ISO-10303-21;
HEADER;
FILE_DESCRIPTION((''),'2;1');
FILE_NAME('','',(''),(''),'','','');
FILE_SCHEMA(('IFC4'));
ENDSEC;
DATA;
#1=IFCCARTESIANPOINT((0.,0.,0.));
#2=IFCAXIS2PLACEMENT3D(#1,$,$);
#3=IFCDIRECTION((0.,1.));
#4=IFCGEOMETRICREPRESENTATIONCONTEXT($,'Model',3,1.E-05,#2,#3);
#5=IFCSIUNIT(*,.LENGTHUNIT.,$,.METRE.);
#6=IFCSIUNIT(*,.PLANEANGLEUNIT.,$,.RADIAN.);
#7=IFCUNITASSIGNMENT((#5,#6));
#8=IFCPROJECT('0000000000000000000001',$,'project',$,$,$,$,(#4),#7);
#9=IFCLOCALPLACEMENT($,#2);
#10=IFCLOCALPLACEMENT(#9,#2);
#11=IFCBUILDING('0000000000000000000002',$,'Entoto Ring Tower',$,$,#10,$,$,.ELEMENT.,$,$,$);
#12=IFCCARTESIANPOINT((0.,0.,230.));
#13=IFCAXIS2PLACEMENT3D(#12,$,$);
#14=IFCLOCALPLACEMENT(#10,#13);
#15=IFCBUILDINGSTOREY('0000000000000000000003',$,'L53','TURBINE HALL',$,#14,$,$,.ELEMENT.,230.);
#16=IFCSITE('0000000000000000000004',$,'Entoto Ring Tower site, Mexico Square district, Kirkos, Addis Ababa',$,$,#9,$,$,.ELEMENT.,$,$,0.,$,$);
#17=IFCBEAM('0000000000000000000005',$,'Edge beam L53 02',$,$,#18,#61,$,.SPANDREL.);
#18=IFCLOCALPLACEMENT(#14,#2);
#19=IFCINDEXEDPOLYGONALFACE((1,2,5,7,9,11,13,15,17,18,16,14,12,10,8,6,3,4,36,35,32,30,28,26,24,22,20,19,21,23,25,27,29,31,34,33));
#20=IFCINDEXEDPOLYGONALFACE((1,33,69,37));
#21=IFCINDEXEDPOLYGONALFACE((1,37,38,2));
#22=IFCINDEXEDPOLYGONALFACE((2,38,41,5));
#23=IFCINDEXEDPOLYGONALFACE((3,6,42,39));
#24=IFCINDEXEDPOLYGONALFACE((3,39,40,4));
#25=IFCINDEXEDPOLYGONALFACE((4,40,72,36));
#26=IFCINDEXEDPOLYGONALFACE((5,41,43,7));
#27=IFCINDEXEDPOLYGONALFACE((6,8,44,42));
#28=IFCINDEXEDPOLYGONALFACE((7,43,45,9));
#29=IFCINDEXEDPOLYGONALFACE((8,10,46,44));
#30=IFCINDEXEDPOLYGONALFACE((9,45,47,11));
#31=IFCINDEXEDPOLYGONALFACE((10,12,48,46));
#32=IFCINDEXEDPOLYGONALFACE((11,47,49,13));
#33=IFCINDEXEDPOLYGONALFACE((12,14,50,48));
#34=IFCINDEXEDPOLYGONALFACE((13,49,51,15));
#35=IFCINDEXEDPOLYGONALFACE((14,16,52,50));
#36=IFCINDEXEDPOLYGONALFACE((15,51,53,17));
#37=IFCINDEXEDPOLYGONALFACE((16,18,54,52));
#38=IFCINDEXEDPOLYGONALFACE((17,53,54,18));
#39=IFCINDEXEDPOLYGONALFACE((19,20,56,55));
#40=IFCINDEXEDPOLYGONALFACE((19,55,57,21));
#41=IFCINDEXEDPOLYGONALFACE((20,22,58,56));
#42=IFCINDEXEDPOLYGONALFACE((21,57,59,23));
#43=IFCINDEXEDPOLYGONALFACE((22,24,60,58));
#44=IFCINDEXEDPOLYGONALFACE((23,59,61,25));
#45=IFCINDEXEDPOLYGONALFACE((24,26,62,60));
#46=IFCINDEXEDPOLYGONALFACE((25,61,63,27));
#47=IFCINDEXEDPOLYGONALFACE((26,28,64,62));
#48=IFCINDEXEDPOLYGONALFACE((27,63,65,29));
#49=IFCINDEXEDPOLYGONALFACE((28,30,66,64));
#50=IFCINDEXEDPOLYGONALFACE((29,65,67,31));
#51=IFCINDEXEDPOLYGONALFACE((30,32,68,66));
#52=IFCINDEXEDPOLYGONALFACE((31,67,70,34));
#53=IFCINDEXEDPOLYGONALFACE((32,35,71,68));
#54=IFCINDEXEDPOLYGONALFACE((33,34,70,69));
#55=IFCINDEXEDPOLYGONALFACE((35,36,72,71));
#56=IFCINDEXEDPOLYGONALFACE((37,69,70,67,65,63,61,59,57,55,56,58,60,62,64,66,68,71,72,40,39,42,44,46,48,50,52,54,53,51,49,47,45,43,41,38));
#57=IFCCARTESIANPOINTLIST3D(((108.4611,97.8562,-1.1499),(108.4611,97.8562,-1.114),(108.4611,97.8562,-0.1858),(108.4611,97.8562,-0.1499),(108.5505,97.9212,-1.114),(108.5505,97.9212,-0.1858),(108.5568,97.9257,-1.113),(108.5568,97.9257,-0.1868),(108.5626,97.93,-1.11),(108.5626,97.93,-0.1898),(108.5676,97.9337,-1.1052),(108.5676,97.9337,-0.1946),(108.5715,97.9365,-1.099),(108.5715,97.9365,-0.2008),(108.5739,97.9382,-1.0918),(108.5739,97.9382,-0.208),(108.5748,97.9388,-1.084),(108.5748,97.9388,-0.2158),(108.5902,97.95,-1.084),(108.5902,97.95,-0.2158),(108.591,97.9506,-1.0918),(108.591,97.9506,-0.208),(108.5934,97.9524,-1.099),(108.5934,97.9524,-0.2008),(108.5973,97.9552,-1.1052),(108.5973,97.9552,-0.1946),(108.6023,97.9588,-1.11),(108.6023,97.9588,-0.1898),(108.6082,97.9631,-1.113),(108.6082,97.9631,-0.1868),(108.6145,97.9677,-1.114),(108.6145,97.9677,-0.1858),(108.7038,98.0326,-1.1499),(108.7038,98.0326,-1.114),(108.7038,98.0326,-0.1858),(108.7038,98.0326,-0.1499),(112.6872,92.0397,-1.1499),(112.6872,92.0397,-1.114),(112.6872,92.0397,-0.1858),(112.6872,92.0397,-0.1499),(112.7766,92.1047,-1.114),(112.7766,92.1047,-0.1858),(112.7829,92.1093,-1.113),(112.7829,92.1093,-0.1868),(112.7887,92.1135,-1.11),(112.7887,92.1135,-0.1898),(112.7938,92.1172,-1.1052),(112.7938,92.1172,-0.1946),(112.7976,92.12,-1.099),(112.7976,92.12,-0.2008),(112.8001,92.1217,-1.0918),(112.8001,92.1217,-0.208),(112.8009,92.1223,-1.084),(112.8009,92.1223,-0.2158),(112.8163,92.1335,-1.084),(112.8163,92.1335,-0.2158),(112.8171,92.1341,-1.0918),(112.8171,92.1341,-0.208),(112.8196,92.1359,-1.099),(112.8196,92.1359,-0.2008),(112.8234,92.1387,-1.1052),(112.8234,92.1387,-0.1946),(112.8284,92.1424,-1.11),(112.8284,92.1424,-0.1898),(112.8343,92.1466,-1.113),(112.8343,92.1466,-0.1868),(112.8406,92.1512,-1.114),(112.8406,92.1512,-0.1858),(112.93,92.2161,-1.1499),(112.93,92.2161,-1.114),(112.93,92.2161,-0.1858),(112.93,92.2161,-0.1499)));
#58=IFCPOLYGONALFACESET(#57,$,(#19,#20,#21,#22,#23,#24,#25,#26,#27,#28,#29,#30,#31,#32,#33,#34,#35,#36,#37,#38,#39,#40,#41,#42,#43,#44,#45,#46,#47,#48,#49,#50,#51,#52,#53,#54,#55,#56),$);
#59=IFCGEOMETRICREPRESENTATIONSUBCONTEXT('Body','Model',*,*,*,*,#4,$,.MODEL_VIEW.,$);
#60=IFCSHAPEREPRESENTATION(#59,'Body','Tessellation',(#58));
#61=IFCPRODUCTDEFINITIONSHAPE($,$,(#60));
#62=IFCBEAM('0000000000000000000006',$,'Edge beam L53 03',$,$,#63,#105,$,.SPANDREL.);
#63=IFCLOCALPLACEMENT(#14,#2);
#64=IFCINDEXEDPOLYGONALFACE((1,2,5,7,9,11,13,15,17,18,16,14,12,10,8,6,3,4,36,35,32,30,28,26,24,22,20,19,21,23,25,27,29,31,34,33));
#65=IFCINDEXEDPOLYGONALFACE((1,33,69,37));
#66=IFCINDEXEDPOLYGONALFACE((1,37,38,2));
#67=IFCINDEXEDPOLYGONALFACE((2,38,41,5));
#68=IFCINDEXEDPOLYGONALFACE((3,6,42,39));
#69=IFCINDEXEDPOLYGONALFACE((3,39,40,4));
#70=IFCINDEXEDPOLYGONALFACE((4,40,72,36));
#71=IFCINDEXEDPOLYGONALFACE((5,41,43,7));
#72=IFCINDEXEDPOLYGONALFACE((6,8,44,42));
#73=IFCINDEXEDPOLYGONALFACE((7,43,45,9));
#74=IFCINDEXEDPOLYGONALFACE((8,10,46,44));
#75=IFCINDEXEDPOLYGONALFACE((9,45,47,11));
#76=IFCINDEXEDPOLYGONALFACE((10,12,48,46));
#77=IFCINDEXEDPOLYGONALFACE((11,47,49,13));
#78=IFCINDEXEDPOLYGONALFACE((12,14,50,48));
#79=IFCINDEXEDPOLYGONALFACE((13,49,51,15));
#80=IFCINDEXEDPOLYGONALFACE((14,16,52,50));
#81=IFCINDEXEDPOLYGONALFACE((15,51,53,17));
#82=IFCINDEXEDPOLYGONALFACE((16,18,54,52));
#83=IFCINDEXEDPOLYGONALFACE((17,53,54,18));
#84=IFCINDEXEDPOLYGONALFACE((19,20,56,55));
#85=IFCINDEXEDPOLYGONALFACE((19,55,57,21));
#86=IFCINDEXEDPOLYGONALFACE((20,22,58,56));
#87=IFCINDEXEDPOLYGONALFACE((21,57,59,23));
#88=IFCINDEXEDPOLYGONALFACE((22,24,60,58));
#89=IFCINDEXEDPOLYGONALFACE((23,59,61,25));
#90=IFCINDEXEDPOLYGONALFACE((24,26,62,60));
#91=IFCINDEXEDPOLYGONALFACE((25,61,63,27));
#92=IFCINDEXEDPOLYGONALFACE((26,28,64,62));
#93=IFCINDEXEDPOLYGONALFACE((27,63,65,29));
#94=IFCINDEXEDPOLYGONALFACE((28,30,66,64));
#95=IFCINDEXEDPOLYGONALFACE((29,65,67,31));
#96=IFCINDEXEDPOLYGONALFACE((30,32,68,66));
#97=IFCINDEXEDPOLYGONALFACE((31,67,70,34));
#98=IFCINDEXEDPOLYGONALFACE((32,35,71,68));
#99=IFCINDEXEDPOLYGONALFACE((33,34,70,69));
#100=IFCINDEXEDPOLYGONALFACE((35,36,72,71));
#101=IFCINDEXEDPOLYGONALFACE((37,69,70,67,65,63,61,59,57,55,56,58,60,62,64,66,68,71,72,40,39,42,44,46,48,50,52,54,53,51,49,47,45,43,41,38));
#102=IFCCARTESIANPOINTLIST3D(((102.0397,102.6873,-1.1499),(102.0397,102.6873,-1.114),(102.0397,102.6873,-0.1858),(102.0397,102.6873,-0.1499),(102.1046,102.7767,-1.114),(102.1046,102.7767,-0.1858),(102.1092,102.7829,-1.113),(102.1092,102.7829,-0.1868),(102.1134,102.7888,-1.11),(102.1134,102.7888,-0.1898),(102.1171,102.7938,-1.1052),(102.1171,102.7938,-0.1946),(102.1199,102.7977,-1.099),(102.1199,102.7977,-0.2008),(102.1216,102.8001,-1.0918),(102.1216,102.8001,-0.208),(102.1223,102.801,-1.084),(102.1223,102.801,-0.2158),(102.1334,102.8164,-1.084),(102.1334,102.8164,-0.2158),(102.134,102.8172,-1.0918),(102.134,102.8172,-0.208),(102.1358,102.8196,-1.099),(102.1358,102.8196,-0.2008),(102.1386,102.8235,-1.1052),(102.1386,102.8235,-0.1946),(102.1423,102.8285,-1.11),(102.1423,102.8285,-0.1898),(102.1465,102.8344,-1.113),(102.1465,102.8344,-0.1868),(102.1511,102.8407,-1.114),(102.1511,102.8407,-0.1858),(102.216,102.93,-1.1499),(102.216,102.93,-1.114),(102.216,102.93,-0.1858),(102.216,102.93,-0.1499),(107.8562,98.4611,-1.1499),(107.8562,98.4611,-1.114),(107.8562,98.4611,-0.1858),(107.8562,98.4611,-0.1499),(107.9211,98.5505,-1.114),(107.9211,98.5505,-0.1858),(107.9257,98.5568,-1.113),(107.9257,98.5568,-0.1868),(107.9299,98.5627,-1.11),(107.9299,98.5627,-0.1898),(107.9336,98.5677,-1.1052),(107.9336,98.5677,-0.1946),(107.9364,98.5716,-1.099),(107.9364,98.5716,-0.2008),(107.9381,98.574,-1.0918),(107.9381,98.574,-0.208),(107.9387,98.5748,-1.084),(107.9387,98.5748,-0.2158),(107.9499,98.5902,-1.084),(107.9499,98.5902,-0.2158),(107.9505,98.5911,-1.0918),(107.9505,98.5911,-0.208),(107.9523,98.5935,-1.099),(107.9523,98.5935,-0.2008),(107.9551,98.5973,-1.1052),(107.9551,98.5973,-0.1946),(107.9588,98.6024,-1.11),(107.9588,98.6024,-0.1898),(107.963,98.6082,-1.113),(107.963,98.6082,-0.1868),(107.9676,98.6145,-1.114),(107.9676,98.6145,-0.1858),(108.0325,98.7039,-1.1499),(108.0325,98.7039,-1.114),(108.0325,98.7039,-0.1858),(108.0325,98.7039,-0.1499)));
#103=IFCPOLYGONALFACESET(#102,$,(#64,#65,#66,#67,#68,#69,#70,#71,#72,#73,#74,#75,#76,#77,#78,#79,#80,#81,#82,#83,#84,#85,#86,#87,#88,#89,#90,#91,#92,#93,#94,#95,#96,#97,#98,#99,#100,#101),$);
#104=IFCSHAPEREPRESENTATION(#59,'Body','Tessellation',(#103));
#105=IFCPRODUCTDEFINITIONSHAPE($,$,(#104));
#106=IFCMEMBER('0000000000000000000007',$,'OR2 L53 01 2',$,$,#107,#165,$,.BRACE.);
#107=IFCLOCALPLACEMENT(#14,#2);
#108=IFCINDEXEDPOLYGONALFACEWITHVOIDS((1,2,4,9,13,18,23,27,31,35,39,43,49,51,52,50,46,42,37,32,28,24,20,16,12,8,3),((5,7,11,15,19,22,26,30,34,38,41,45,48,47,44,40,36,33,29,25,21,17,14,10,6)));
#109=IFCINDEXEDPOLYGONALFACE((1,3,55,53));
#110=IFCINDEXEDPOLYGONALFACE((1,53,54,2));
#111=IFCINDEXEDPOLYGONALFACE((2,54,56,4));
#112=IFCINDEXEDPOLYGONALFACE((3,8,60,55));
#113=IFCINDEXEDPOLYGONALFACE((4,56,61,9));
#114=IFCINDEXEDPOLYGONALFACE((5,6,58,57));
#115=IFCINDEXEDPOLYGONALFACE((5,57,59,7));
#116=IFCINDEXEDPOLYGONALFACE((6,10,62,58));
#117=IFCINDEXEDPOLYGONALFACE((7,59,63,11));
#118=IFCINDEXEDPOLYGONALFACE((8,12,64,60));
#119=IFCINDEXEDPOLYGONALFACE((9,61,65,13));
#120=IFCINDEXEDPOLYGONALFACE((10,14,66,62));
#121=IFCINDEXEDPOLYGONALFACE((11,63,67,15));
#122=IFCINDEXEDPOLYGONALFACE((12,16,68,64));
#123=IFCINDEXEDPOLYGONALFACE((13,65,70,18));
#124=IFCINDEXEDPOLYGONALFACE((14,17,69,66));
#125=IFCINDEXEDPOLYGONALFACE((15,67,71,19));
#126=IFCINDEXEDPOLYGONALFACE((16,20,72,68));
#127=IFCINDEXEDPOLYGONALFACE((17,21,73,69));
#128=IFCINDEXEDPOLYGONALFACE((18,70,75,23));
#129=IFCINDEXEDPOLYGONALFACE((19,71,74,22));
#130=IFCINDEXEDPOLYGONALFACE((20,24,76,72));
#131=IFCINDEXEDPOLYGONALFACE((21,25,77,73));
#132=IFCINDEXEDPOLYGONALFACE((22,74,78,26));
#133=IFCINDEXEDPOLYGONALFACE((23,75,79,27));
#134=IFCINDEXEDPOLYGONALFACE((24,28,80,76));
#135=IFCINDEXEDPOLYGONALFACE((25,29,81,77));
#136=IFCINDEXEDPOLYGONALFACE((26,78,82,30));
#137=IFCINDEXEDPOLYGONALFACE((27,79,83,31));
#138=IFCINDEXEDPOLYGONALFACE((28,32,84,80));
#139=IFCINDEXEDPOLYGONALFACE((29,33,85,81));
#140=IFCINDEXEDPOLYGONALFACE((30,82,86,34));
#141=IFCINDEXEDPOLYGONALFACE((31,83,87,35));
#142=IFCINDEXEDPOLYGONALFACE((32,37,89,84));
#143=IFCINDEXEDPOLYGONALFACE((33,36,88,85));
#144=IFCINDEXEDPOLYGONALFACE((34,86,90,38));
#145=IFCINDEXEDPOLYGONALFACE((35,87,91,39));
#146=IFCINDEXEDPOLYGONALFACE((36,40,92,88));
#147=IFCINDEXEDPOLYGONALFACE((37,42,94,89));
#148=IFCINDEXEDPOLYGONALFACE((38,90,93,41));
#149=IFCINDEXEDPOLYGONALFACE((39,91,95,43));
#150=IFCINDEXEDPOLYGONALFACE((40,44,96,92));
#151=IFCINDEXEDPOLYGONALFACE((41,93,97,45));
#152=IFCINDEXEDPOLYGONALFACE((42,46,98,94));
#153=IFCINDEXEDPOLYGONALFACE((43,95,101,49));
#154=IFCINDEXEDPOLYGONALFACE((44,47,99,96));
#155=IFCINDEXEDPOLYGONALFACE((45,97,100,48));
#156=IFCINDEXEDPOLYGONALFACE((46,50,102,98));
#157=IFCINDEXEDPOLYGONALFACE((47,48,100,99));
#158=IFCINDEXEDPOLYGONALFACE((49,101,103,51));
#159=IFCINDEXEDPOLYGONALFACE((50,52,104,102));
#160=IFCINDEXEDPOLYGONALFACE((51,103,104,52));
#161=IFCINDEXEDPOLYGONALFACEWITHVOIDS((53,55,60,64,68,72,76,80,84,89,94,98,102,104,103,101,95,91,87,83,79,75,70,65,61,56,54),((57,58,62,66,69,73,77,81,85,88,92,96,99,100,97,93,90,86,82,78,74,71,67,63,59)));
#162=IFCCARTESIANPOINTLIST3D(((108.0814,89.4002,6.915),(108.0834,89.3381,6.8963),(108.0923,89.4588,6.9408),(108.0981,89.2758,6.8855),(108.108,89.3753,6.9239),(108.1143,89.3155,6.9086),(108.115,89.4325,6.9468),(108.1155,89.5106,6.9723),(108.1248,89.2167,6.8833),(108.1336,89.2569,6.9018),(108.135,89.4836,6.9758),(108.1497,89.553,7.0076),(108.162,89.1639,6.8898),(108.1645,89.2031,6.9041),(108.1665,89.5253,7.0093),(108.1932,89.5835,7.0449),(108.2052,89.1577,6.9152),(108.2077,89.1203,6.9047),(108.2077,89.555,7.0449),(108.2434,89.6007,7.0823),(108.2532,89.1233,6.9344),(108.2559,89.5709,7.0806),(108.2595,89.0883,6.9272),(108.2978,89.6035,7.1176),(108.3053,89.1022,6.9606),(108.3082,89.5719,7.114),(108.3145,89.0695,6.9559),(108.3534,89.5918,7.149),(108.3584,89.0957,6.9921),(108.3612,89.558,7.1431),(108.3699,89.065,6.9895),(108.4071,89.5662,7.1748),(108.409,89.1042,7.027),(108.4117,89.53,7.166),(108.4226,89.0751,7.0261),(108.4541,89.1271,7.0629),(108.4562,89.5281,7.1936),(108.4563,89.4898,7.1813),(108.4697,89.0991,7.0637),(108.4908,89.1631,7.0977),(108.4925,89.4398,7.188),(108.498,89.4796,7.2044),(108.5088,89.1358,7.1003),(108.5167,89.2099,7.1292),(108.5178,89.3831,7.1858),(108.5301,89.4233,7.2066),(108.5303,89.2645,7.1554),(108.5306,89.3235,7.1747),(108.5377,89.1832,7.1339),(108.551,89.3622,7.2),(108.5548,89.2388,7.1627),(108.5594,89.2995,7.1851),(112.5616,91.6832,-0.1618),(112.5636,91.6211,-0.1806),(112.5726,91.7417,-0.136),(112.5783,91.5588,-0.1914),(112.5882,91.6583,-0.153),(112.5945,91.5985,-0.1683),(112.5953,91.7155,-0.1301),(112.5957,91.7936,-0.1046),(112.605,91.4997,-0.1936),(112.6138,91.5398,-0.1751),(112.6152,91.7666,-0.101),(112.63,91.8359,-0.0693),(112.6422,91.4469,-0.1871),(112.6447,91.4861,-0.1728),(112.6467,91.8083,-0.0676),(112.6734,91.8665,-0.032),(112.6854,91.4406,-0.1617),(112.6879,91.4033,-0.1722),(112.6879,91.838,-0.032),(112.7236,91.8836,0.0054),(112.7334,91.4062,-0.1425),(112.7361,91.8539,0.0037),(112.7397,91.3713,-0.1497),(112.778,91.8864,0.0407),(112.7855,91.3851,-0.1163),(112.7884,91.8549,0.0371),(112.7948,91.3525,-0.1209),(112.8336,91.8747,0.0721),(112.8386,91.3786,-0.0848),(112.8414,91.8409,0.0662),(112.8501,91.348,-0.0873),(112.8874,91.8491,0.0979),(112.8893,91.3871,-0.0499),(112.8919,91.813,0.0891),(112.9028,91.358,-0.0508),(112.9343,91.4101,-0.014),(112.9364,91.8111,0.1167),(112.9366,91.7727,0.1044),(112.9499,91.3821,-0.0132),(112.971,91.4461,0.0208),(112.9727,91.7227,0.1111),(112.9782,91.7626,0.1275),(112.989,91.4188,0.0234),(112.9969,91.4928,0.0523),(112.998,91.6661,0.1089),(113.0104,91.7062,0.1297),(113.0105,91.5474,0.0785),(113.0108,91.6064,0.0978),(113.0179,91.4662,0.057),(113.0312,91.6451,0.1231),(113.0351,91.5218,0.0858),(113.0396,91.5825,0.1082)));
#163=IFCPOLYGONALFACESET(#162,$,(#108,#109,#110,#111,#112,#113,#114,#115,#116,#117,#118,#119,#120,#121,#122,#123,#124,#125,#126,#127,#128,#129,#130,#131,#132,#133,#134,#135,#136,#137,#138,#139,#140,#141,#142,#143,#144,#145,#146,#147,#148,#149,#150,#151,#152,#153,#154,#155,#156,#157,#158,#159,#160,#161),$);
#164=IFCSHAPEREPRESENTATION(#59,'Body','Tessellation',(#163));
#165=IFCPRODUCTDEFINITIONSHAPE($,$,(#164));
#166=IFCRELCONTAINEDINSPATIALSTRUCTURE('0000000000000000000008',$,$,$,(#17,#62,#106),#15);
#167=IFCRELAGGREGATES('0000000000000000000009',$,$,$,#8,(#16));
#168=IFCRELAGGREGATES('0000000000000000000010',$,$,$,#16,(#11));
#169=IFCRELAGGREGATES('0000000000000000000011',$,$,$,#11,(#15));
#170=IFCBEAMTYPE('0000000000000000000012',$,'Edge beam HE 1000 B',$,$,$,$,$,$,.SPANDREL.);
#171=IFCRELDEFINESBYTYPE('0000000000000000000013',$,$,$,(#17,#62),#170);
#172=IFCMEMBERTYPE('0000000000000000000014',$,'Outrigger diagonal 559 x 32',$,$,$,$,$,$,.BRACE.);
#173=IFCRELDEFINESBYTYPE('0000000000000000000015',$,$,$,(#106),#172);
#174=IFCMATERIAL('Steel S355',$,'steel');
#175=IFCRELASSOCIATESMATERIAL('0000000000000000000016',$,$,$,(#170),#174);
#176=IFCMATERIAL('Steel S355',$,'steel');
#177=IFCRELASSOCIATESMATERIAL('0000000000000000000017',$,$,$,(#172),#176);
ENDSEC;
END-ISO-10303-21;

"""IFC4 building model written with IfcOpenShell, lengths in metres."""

from ifc_helpers import new_model, si_unit, direction, frame, origin, origin_2d, place, context, subcontext, project, spatial, circle, hollow_circle, i_section, extrude, material, material_profile, profile_set, type_object, element, save


model = new_model("IFC4")

# Units and contexts
model_context = context("Model", 3, precision=1e-05, world=origin(), true_north=direction((0.0, 1.0)))
body_context = subcontext(model_context, "Body", "Model", "MODEL_VIEW")
ifc_project = project(units=[si_unit("LENGTHUNIT", "METRE"), si_unit("PLANEANGLEUNIT", "RADIAN")], contexts=[model_context])

# Site, building, storey
site_placement = place(None, origin())
site = spatial("IfcSite", under=ifc_project, at=site_placement, Name="Entoto Ring Tower site, Mexico Square district, Kirkos, Addis Ababa", CompositionType="ELEMENT", RefElevation=0.0)
building_placement = place(site_placement, origin())
building = spatial("IfcBuilding", under=site, at=building_placement, Name="Entoto Ring Tower", CompositionType="ELEMENT")
storey_placement = place(building_placement, frame((0.0, 0.0, 230.0)))
storey = spatial("IfcBuildingStorey", under=building, at=storey_placement, Name="L53", Description="TURBINE HALL", CompositionType="ELEMENT", Elevation=230.0)

# Beams
ifc_material_1 = material(Name="Steel S355", Category="steel")
ifc_material_profile_1 = material_profile(ifc_material_1, i_section(OverallWidth=0.3, OverallDepth=1.0, WebThickness=0.019, FlangeThickness=0.0359, FilletRadius=0.03, at=origin_2d()), Name="HE 1000 B")
ifc_profile_set_1 = profile_set([ifc_material_profile_1], Name="Steel S355")
beam_type_1 = type_object("IfcBeamType", Name="Edge beam HE 1000 B", PredefinedType="SPANDREL", material=ifc_profile_set_1)
for number, where, z_axis, x_axis, name in (
    (1, (112.8086, 92.1279, -0.6499), (-0.587804, 0.809003, 0.0), (-0.809003, -0.587804, 0.0), "Edge beam L53 02"),
    (2, (107.9443, 98.5825, -0.6499), (-0.809003, 0.587804, 0.0), (-0.587804, -0.809003, 0.0), "Edge beam L53 03"),
):
    element("IfcBeam", number, at=place(storey_placement, frame(where, z_axis=z_axis, x_axis=x_axis)), inside=storey, type_object=beam_type_1, Name=name, PredefinedType="SPANDREL", context=body_context, shape_type="SweptSolid", body=[
        extrude(i_section(OverallWidth=0.3, OverallDepth=1.0, WebThickness=0.019, FlangeThickness=0.0359, FilletRadius=0.03, at=origin_2d()), origin(), (0.0, 0.0, 1.0), 7.1897),
    ])

# Member
ifc_material_2 = material(Name="Steel S355", Category="steel")
ifc_material_profile_2 = material_profile(ifc_material_2, hollow_circle(Radius=0.2795, WallThickness=0.032, at=origin_2d()), Name="CHS 559 x 32")
ifc_material_3 = material(Name="Concrete C60/75", Category="concrete")
ifc_material_profile_3 = material_profile(ifc_material_3, circle(Radius=0.2476, at=origin_2d()), Name="Concrete C60/75 infill")
ifc_profile_set_2 = profile_set([ifc_material_profile_2, ifc_material_profile_3], Name="Steel S355")
member_type_1 = type_object("IfcMemberType", Name="Outrigger diagonal 559 x 32", PredefinedType="BRACE", material=ifc_profile_set_2)
member_1_placement = place(storey_placement, frame((108.3201, 89.3345, 7.0449), z_axis=(0.516071, 0.262971, -0.815179), x_axis=(-0.454017, 0.890993, 0.0)))
element("IfcMember", 3, at=member_1_placement, inside=storey, type_object=member_type_1, Name="OR2 L53 01 2", PredefinedType="BRACE", context=body_context, shape_type="SweptSolid", body=[
    extrude(hollow_circle(Radius=0.2795, WallThickness=0.032, at=origin_2d()), origin(), (0.0, 0.0, 1.0), 8.6814),
])

save(model, "model.ifc")
